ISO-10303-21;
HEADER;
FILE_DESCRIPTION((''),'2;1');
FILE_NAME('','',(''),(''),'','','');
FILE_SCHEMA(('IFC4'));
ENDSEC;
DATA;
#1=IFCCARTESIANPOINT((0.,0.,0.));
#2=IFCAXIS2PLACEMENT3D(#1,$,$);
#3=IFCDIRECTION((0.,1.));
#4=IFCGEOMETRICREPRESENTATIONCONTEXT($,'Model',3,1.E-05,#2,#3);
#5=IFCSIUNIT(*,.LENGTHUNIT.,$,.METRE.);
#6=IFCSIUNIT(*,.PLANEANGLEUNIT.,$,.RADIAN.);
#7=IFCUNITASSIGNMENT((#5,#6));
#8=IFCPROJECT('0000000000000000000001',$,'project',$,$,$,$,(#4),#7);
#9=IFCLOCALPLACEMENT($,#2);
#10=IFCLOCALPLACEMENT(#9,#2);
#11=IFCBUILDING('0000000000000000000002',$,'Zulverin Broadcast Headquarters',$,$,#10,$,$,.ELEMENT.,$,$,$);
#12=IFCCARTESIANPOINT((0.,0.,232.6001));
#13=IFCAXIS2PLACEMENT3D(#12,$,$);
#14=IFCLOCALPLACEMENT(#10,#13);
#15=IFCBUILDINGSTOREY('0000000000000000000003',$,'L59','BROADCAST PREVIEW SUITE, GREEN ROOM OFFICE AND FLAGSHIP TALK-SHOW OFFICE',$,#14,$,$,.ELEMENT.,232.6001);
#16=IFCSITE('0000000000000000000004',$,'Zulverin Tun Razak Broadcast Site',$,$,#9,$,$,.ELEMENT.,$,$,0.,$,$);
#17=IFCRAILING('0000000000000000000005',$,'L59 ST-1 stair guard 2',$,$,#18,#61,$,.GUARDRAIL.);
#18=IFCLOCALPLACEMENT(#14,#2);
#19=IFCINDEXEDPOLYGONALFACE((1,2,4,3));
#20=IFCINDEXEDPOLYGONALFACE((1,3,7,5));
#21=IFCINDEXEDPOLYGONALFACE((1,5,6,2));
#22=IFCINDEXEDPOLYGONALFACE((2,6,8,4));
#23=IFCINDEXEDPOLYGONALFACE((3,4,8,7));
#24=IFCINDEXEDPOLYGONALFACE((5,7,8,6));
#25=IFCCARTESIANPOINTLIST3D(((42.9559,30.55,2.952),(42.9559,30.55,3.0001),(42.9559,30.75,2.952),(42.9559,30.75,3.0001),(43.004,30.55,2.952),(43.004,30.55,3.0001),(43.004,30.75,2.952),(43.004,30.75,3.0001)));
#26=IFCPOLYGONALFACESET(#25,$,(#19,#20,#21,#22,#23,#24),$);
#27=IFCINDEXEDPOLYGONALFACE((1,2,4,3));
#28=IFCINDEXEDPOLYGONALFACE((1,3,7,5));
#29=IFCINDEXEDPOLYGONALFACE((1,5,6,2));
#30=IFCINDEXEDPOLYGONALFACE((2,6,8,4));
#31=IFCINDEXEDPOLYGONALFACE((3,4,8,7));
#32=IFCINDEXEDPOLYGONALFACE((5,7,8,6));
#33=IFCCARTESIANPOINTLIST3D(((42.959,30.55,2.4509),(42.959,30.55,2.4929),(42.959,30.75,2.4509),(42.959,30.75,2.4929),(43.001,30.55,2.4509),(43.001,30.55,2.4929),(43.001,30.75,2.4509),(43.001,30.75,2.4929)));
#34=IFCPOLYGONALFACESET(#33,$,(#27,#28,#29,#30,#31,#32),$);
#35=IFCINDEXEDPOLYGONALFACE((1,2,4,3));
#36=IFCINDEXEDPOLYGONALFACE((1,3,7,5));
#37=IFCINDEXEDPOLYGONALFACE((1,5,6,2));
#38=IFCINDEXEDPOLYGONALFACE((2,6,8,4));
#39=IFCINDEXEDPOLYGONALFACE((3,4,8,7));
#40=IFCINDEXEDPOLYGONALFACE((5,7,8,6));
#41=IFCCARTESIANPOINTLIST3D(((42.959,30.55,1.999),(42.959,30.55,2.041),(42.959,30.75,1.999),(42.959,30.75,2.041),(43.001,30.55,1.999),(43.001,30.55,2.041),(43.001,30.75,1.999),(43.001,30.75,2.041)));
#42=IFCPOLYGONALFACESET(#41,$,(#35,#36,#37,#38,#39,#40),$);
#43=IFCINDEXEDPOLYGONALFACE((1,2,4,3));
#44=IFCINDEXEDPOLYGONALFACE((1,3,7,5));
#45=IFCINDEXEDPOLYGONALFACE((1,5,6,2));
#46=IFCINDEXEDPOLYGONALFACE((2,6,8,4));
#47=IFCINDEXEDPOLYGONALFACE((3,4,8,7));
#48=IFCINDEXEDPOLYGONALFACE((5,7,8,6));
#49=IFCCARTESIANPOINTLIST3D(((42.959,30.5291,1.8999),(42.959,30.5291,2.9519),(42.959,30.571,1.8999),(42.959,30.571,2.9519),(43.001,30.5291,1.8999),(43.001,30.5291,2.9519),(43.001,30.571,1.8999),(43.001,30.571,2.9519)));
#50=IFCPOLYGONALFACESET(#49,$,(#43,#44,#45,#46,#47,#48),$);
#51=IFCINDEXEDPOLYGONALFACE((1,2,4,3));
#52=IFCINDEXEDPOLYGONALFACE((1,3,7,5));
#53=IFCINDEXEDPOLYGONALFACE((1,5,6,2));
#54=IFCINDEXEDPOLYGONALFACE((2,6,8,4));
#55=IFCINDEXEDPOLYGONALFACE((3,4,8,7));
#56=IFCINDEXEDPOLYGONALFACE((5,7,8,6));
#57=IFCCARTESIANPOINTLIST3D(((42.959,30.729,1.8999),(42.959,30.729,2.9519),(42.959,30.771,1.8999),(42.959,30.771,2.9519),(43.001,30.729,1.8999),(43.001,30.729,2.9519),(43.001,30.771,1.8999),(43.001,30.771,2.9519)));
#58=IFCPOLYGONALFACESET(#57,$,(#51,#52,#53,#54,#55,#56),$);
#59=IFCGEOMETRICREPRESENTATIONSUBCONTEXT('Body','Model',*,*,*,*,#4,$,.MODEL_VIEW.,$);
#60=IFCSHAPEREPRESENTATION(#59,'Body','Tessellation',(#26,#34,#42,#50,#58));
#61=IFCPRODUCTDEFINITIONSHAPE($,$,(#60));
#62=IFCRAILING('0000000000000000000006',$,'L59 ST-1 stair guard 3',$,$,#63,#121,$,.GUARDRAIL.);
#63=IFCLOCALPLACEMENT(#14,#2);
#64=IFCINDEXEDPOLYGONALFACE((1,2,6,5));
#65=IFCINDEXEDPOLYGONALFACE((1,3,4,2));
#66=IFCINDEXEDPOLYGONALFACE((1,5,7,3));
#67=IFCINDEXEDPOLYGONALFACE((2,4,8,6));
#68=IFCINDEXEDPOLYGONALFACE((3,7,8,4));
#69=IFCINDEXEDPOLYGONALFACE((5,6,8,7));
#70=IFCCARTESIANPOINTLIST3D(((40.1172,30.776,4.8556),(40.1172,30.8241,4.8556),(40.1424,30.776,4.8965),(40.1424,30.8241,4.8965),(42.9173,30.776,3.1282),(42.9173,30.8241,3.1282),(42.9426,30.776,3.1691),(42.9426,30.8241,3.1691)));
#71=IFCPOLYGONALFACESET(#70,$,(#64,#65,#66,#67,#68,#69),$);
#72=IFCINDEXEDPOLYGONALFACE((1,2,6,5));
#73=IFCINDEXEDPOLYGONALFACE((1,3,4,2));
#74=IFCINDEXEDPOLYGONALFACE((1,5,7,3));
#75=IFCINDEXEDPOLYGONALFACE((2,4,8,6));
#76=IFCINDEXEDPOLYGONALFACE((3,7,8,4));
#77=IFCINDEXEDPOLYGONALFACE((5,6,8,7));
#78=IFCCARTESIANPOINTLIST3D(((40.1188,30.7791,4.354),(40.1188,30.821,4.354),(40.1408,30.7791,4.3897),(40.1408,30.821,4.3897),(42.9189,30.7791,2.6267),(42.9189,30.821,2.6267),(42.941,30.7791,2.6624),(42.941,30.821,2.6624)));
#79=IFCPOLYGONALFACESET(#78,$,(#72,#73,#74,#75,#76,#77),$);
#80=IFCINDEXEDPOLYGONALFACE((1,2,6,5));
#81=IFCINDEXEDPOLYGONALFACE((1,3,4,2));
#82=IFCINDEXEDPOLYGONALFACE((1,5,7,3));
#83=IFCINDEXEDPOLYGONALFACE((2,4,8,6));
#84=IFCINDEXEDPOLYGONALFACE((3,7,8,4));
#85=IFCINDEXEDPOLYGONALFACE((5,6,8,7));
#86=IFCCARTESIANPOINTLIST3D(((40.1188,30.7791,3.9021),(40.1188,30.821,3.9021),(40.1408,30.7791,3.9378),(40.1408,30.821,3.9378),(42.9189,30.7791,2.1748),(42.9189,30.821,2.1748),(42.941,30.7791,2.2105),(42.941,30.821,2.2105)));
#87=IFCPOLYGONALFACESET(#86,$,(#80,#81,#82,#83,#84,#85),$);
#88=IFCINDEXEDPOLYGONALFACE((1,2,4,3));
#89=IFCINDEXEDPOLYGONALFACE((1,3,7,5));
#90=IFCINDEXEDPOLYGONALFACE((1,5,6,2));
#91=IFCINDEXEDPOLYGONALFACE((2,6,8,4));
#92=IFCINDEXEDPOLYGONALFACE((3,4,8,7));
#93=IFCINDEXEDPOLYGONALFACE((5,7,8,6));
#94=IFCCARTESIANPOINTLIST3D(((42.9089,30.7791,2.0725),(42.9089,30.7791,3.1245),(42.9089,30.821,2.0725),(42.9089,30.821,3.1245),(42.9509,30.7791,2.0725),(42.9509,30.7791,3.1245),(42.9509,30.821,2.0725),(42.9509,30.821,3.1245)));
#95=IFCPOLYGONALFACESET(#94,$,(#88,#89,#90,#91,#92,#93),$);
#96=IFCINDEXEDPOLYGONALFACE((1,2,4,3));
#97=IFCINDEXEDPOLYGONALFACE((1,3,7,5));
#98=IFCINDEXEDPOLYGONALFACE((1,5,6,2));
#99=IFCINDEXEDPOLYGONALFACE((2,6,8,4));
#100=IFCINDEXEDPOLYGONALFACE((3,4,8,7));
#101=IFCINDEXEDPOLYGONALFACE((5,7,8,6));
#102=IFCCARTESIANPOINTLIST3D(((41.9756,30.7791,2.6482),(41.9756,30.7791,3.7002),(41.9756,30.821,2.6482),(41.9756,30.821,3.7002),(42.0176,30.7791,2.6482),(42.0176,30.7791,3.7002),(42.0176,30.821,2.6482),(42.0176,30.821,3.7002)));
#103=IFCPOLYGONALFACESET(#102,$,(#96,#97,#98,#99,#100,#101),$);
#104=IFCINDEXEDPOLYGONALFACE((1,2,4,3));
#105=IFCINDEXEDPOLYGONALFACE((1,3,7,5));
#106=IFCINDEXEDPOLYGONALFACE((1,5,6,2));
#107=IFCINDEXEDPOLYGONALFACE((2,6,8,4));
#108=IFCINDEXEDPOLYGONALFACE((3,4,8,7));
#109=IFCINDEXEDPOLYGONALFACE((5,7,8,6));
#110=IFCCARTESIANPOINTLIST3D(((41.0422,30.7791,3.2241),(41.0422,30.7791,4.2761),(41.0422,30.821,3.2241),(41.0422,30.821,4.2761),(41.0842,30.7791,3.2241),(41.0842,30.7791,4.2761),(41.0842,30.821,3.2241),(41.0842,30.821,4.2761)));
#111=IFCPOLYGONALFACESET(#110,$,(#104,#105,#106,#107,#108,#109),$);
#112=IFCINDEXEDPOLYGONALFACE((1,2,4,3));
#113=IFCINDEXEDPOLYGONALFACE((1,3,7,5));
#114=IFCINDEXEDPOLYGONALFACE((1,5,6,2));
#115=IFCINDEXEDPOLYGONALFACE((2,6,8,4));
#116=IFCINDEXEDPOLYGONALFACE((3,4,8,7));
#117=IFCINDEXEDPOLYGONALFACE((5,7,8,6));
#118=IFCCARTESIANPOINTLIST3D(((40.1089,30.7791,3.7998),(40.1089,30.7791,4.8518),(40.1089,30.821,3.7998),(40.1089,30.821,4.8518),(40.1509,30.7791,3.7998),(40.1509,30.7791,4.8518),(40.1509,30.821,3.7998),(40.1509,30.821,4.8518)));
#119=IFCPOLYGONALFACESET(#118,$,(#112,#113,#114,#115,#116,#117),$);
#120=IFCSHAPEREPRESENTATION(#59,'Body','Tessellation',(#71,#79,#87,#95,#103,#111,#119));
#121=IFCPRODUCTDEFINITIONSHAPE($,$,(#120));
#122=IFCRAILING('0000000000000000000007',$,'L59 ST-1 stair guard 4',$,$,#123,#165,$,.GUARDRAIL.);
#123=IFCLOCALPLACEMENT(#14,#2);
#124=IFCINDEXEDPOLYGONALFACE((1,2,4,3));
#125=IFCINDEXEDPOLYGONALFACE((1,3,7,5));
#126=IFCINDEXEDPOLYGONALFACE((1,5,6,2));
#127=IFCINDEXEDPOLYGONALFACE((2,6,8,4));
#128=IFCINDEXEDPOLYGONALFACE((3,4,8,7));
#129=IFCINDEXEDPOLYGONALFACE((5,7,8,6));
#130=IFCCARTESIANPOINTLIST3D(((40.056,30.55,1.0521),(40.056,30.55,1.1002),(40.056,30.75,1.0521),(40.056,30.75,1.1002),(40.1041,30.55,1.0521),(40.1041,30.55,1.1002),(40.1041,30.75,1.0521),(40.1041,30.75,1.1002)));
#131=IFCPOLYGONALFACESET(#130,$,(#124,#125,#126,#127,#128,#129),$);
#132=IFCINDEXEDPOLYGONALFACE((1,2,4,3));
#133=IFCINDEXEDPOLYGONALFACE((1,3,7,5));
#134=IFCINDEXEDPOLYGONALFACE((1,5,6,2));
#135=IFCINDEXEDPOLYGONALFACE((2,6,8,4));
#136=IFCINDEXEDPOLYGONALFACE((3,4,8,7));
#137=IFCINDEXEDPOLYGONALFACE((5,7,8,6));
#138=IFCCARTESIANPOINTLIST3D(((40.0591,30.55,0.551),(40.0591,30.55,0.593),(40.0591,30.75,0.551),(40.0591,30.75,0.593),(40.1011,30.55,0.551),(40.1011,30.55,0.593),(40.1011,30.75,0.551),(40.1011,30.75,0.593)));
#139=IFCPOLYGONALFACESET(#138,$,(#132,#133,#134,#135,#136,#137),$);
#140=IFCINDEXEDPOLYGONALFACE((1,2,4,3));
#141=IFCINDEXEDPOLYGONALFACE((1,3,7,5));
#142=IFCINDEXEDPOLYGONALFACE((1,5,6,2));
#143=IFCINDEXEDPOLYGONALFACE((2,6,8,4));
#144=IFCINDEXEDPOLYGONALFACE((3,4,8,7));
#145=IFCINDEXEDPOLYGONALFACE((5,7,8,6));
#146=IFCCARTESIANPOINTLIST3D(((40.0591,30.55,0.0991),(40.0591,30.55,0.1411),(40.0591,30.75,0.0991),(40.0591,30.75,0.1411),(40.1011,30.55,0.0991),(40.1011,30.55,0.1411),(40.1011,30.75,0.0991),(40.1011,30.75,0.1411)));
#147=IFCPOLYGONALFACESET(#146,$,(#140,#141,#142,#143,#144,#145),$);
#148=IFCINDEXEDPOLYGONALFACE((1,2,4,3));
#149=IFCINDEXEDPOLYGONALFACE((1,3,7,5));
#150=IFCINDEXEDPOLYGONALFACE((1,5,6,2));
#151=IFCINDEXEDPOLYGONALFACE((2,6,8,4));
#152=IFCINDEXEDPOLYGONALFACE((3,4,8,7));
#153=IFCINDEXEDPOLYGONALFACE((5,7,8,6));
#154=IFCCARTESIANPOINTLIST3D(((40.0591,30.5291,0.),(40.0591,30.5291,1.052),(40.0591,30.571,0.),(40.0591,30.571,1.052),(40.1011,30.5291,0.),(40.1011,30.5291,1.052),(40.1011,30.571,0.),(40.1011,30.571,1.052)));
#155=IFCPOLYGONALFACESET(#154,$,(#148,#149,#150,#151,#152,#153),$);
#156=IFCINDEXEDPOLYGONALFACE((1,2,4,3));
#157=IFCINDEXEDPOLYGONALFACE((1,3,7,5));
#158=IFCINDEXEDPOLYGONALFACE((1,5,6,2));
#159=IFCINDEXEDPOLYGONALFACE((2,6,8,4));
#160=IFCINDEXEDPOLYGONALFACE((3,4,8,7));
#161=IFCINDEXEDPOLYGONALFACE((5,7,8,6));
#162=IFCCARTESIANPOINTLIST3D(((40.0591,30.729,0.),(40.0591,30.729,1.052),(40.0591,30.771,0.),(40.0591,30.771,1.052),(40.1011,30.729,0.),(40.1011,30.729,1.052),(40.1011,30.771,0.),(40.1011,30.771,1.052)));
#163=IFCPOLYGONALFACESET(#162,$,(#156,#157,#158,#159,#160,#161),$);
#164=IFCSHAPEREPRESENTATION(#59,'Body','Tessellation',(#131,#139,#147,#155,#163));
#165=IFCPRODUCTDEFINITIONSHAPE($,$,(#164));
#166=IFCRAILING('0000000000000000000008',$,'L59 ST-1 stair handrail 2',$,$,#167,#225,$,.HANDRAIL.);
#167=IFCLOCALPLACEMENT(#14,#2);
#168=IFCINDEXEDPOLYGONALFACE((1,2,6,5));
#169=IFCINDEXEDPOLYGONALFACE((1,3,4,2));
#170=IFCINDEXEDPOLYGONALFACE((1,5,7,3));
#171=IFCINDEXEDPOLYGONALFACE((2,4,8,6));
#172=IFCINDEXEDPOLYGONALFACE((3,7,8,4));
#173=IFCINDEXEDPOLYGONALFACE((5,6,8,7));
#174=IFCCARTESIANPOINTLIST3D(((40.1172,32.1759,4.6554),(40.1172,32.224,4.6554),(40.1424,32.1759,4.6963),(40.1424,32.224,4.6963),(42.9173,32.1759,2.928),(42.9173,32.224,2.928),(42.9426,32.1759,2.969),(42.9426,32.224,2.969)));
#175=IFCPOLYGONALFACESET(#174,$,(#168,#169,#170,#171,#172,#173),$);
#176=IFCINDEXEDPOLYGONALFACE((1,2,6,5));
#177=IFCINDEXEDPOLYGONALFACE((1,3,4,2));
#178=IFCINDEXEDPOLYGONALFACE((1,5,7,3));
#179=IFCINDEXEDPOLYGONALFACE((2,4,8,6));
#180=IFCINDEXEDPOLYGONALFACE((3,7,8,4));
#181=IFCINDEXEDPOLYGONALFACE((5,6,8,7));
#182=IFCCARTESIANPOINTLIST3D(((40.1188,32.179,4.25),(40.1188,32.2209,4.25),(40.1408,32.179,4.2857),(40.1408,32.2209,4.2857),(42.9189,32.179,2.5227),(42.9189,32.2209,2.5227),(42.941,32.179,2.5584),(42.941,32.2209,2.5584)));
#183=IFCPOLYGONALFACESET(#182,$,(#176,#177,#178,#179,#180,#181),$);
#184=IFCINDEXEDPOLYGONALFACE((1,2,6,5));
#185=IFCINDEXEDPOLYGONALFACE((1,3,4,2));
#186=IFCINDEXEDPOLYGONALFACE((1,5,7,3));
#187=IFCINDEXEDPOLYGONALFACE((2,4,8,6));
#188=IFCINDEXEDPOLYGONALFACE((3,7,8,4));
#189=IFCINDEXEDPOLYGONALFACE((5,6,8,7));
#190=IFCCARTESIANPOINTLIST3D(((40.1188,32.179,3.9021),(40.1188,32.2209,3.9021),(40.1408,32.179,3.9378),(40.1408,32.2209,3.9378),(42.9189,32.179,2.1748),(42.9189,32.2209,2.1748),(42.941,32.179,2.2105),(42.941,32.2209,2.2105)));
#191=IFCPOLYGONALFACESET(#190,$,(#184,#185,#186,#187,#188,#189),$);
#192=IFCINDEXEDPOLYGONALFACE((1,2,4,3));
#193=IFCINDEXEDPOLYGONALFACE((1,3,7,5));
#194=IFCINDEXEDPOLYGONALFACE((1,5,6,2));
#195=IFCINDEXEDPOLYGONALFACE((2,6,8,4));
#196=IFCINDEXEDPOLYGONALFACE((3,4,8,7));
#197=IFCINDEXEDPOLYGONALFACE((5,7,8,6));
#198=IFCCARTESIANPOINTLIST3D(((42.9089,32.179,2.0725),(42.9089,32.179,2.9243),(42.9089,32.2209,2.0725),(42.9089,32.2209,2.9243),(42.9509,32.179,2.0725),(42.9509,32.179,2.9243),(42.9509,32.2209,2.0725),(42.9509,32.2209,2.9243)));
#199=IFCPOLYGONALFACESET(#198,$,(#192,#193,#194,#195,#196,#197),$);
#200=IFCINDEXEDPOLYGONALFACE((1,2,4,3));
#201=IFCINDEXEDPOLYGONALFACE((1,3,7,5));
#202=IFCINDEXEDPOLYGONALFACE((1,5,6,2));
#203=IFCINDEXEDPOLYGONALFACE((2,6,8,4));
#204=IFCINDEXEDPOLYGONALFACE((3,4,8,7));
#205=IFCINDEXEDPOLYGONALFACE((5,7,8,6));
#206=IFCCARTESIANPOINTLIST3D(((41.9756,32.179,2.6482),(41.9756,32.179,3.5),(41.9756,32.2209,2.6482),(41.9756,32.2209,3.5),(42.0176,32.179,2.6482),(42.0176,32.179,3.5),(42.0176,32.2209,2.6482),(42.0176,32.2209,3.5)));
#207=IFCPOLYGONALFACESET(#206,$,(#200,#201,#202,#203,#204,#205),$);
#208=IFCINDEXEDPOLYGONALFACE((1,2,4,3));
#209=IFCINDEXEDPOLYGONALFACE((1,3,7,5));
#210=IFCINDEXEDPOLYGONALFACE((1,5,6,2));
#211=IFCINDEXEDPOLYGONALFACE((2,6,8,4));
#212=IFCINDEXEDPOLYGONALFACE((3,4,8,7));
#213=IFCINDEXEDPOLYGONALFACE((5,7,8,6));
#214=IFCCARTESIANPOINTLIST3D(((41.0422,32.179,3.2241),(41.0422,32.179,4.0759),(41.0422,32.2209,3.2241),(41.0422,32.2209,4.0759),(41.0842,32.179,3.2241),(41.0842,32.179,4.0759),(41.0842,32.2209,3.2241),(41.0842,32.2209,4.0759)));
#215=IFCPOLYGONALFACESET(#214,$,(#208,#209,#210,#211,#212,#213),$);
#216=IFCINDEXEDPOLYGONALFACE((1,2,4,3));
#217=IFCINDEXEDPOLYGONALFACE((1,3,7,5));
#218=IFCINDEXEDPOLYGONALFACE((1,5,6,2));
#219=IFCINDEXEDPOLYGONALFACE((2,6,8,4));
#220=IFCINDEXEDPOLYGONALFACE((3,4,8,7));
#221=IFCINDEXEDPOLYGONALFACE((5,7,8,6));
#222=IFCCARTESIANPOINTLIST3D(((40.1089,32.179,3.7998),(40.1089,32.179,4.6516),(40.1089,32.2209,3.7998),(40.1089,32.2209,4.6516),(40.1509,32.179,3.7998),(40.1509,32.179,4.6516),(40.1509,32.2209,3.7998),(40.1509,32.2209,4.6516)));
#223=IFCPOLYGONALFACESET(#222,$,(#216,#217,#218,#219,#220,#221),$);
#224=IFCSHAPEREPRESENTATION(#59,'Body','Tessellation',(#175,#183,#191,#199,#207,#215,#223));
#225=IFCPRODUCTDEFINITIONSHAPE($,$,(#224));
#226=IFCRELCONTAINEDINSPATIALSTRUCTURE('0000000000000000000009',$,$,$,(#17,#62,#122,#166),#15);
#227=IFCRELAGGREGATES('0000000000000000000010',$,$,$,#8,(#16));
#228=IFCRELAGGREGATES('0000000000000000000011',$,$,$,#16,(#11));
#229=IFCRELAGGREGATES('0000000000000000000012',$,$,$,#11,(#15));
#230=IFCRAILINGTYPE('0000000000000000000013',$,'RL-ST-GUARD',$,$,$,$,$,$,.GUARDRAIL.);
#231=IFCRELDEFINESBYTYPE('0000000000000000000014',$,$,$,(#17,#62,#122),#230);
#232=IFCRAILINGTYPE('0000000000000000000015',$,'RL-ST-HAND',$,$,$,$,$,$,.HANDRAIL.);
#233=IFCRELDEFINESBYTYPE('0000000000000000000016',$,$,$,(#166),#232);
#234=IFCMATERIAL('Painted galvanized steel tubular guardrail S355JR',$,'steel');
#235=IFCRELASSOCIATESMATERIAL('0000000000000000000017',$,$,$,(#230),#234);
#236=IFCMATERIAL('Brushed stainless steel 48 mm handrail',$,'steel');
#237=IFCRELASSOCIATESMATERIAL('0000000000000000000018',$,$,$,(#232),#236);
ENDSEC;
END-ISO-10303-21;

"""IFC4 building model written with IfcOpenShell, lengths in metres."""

from ifc_helpers import new_model, si_unit, direction, frame, origin, origin_2d, place, context, subcontext, project, spatial, rectangle, extrude, material, type_object, element, save


model = new_model("IFC4")

# Units and contexts
model_context = context("Model", 3, precision=1e-05, world=origin(), true_north=direction((0.0, 1.0)))
body_context = subcontext(model_context, "Body", "Model", "MODEL_VIEW")
ifc_project = project(units=[si_unit("LENGTHUNIT", "METRE"), si_unit("PLANEANGLEUNIT", "RADIAN")], contexts=[model_context])

# Site, building, storey
site_placement = place(None, origin())
site = spatial("IfcSite", under=ifc_project, at=site_placement, Name="Zulverin Tun Razak Broadcast Site", CompositionType="ELEMENT", RefElevation=0.0)
building_placement = place(site_placement, origin())
building = spatial("IfcBuilding", under=site, at=building_placement, Name="Zulverin Broadcast Headquarters", CompositionType="ELEMENT")
storey_placement = place(building_placement, frame((0.0, 0.0, 232.6001)))
storey = spatial("IfcBuildingStorey", under=building, at=storey_placement, Name="L59", Description="BROADCAST PREVIEW SUITE, GREEN ROOM OFFICE AND FLAGSHIP TALK-SHOW OFFICE", CompositionType="ELEMENT", Elevation=232.6001)

# Railings
ifc_material_1 = material(Name="Painted galvanized steel tubular guardrail S355JR", Category="steel")
railing_type_1 = type_object("IfcRailingType", Name="RL-ST-GUARD", PredefinedType="GUARDRAIL", material=ifc_material_1)
railing_1_placement = place(storey_placement, frame((42.98, 30.55, 1.8999)))
element("IfcRailing", 1, at=railing_1_placement, inside=storey, type_object=railing_type_1, Name="L59 ST-1 stair guard 2", PredefinedType="GUARDRAIL", context=body_context, shape_type="SweptSolid", body=[
    extrude(rectangle(XDim=0.0481, YDim=0.0481, at=origin_2d()), frame((0.0, 0.0, 1.0762), z_axis=(0.0, 1.0, 0.0), x_axis=(-1.0, 0.0, 0.0)), (0.0, 0.0, 1.0), 0.2),
    extrude(rectangle(XDim=0.042, YDim=0.042, at=origin_2d()), frame((0.0, 0.0, 0.572), z_axis=(0.0, 1.0, 0.0), x_axis=(-1.0, 0.0, 0.0)), (0.0, 0.0, 1.0), 0.2),
    extrude(rectangle(XDim=0.042, YDim=0.042, at=origin_2d()), frame((0.0, 0.0, 0.1201), z_axis=(0.0, 1.0, 0.0), x_axis=(-1.0, 0.0, 0.0)), (0.0, 0.0, 1.0), 0.2),
    extrude(rectangle(XDim=0.042, YDim=0.042, at=origin_2d()), origin(), (0.0, 0.0, 1.0), 1.052),
    extrude(rectangle(XDim=0.042, YDim=0.042, at=origin_2d()), frame((0.0, 0.2, 0.0)), (0.0, 0.0, 1.0), 1.052),
])
railing_2_placement = place(storey_placement, frame((42.9299, 30.8, 2.0725)))
element("IfcRailing", 2, at=railing_2_placement, inside=storey, type_object=railing_type_1, Name="L59 ST-1 stair guard 3", PredefinedType="GUARDRAIL", context=body_context, shape_type="SweptSolid", body=[
    extrude(rectangle(XDim=0.0481, YDim=0.0481, at=origin_2d()), frame((0.0, 0.0, 1.0762), z_axis=(-0.85109, 0.0, 0.52502), x_axis=(0.0, -1.0, 0.0)), (0.0, 0.0, 1.0), 3.29),
    extrude(rectangle(XDim=0.042, YDim=0.042, at=origin_2d()), frame((0.0, 0.0, 0.572), z_axis=(-0.85109, 0.0, 0.52502), x_axis=(0.0, -1.0, 0.0)), (0.0, 0.0, 1.0), 3.29),
    extrude(rectangle(XDim=0.042, YDim=0.042, at=origin_2d()), frame((0.0, 0.0, 0.1201), z_axis=(-0.85109, 0.0, 0.52502), x_axis=(0.0, -1.0, 0.0)), (0.0, 0.0, 1.0), 3.29),
    extrude(rectangle(XDim=0.042, YDim=0.042, at=origin_2d()), origin(), (0.0, 0.0, 1.0), 1.052),
    extrude(rectangle(XDim=0.042, YDim=0.042, at=origin_2d()), frame((-0.9333, 0.0, 0.5757)), (0.0, 0.0, 1.0), 1.052),
    extrude(rectangle(XDim=0.042, YDim=0.042, at=origin_2d()), frame((-1.8667, 0.0, 1.1516)), (0.0, 0.0, 1.0), 1.052),
    extrude(rectangle(XDim=0.042, YDim=0.042, at=origin_2d()), frame((-2.8, 0.0, 1.7273)), (0.0, 0.0, 1.0), 1.052),
])
railing_3_placement = place(storey_placement, frame((40.0801, 30.55, 0.0)))
element("IfcRailing", 3, at=railing_3_placement, inside=storey, type_object=railing_type_1, Name="L59 ST-1 stair guard 4", PredefinedType="GUARDRAIL", context=body_context, shape_type="SweptSolid", body=[
    extrude(rectangle(XDim=0.0481, YDim=0.0481, at=origin_2d()), frame((0.0, 0.0, 1.0762), z_axis=(0.0, 1.0, 0.0), x_axis=(-1.0, 0.0, 0.0)), (0.0, 0.0, 1.0), 0.2),
    extrude(rectangle(XDim=0.042, YDim=0.042, at=origin_2d()), frame((0.0, 0.0, 0.572), z_axis=(0.0, 1.0, 0.0), x_axis=(-1.0, 0.0, 0.0)), (0.0, 0.0, 1.0), 0.2),
    extrude(rectangle(XDim=0.042, YDim=0.042, at=origin_2d()), frame((0.0, 0.0, 0.1201), z_axis=(0.0, 1.0, 0.0), x_axis=(-1.0, 0.0, 0.0)), (0.0, 0.0, 1.0), 0.2),
    extrude(rectangle(XDim=0.042, YDim=0.042, at=origin_2d()), origin(), (0.0, 0.0, 1.0), 1.052),
    extrude(rectangle(XDim=0.042, YDim=0.042, at=origin_2d()), frame((0.0, 0.2, 0.0)), (0.0, 0.0, 1.0), 1.052),
])
ifc_material_2 = material(Name="Brushed stainless steel 48 mm handrail", Category="steel")
railing_type_2 = type_object("IfcRailingType", Name="RL-ST-HAND", PredefinedType="HANDRAIL", material=ifc_material_2)
railing_4_placement = place(storey_placement, frame((42.9299, 32.2, 2.0725)))
element("IfcRailing", 4, at=railing_4_placement, inside=storey, type_object=railing_type_2, Name="L59 ST-1 stair handrail 2", PredefinedType="HANDRAIL", context=body_context, shape_type="SweptSolid", body=[
    extrude(rectangle(XDim=0.0481, YDim=0.0481, at=origin_2d()), frame((0.0, 0.0, 0.876), z_axis=(-0.85109, 0.0, 0.52502), x_axis=(0.0, -1.0, 0.0)), (0.0, 0.0, 1.0), 3.29),
    extrude(rectangle(XDim=0.042, YDim=0.042, at=origin_2d()), frame((0.0, 0.0, 0.468), z_axis=(-0.85109, 0.0, 0.52502), x_axis=(0.0, -1.0, 0.0)), (0.0, 0.0, 1.0), 3.29),
    extrude(rectangle(XDim=0.042, YDim=0.042, at=origin_2d()), frame((0.0, 0.0, 0.1201), z_axis=(-0.85109, 0.0, 0.52502), x_axis=(0.0, -1.0, 0.0)), (0.0, 0.0, 1.0), 3.29),
    extrude(rectangle(XDim=0.042, YDim=0.042, at=origin_2d()), origin(), (0.0, 0.0, 1.0), 0.8518),
    extrude(rectangle(XDim=0.042, YDim=0.042, at=origin_2d()), frame((-0.9333, 0.0, 0.5757)), (0.0, 0.0, 1.0), 0.8518),
    extrude(rectangle(XDim=0.042, YDim=0.042, at=origin_2d()), frame((-1.8667, 0.0, 1.1516)), (0.0, 0.0, 1.0), 0.8518),
    extrude(rectangle(XDim=0.042, YDim=0.042, at=origin_2d()), frame((-2.8, 0.0, 1.7273)), (0.0, 0.0, 1.0), 0.8518),
])

save(model, "model.ifc")
